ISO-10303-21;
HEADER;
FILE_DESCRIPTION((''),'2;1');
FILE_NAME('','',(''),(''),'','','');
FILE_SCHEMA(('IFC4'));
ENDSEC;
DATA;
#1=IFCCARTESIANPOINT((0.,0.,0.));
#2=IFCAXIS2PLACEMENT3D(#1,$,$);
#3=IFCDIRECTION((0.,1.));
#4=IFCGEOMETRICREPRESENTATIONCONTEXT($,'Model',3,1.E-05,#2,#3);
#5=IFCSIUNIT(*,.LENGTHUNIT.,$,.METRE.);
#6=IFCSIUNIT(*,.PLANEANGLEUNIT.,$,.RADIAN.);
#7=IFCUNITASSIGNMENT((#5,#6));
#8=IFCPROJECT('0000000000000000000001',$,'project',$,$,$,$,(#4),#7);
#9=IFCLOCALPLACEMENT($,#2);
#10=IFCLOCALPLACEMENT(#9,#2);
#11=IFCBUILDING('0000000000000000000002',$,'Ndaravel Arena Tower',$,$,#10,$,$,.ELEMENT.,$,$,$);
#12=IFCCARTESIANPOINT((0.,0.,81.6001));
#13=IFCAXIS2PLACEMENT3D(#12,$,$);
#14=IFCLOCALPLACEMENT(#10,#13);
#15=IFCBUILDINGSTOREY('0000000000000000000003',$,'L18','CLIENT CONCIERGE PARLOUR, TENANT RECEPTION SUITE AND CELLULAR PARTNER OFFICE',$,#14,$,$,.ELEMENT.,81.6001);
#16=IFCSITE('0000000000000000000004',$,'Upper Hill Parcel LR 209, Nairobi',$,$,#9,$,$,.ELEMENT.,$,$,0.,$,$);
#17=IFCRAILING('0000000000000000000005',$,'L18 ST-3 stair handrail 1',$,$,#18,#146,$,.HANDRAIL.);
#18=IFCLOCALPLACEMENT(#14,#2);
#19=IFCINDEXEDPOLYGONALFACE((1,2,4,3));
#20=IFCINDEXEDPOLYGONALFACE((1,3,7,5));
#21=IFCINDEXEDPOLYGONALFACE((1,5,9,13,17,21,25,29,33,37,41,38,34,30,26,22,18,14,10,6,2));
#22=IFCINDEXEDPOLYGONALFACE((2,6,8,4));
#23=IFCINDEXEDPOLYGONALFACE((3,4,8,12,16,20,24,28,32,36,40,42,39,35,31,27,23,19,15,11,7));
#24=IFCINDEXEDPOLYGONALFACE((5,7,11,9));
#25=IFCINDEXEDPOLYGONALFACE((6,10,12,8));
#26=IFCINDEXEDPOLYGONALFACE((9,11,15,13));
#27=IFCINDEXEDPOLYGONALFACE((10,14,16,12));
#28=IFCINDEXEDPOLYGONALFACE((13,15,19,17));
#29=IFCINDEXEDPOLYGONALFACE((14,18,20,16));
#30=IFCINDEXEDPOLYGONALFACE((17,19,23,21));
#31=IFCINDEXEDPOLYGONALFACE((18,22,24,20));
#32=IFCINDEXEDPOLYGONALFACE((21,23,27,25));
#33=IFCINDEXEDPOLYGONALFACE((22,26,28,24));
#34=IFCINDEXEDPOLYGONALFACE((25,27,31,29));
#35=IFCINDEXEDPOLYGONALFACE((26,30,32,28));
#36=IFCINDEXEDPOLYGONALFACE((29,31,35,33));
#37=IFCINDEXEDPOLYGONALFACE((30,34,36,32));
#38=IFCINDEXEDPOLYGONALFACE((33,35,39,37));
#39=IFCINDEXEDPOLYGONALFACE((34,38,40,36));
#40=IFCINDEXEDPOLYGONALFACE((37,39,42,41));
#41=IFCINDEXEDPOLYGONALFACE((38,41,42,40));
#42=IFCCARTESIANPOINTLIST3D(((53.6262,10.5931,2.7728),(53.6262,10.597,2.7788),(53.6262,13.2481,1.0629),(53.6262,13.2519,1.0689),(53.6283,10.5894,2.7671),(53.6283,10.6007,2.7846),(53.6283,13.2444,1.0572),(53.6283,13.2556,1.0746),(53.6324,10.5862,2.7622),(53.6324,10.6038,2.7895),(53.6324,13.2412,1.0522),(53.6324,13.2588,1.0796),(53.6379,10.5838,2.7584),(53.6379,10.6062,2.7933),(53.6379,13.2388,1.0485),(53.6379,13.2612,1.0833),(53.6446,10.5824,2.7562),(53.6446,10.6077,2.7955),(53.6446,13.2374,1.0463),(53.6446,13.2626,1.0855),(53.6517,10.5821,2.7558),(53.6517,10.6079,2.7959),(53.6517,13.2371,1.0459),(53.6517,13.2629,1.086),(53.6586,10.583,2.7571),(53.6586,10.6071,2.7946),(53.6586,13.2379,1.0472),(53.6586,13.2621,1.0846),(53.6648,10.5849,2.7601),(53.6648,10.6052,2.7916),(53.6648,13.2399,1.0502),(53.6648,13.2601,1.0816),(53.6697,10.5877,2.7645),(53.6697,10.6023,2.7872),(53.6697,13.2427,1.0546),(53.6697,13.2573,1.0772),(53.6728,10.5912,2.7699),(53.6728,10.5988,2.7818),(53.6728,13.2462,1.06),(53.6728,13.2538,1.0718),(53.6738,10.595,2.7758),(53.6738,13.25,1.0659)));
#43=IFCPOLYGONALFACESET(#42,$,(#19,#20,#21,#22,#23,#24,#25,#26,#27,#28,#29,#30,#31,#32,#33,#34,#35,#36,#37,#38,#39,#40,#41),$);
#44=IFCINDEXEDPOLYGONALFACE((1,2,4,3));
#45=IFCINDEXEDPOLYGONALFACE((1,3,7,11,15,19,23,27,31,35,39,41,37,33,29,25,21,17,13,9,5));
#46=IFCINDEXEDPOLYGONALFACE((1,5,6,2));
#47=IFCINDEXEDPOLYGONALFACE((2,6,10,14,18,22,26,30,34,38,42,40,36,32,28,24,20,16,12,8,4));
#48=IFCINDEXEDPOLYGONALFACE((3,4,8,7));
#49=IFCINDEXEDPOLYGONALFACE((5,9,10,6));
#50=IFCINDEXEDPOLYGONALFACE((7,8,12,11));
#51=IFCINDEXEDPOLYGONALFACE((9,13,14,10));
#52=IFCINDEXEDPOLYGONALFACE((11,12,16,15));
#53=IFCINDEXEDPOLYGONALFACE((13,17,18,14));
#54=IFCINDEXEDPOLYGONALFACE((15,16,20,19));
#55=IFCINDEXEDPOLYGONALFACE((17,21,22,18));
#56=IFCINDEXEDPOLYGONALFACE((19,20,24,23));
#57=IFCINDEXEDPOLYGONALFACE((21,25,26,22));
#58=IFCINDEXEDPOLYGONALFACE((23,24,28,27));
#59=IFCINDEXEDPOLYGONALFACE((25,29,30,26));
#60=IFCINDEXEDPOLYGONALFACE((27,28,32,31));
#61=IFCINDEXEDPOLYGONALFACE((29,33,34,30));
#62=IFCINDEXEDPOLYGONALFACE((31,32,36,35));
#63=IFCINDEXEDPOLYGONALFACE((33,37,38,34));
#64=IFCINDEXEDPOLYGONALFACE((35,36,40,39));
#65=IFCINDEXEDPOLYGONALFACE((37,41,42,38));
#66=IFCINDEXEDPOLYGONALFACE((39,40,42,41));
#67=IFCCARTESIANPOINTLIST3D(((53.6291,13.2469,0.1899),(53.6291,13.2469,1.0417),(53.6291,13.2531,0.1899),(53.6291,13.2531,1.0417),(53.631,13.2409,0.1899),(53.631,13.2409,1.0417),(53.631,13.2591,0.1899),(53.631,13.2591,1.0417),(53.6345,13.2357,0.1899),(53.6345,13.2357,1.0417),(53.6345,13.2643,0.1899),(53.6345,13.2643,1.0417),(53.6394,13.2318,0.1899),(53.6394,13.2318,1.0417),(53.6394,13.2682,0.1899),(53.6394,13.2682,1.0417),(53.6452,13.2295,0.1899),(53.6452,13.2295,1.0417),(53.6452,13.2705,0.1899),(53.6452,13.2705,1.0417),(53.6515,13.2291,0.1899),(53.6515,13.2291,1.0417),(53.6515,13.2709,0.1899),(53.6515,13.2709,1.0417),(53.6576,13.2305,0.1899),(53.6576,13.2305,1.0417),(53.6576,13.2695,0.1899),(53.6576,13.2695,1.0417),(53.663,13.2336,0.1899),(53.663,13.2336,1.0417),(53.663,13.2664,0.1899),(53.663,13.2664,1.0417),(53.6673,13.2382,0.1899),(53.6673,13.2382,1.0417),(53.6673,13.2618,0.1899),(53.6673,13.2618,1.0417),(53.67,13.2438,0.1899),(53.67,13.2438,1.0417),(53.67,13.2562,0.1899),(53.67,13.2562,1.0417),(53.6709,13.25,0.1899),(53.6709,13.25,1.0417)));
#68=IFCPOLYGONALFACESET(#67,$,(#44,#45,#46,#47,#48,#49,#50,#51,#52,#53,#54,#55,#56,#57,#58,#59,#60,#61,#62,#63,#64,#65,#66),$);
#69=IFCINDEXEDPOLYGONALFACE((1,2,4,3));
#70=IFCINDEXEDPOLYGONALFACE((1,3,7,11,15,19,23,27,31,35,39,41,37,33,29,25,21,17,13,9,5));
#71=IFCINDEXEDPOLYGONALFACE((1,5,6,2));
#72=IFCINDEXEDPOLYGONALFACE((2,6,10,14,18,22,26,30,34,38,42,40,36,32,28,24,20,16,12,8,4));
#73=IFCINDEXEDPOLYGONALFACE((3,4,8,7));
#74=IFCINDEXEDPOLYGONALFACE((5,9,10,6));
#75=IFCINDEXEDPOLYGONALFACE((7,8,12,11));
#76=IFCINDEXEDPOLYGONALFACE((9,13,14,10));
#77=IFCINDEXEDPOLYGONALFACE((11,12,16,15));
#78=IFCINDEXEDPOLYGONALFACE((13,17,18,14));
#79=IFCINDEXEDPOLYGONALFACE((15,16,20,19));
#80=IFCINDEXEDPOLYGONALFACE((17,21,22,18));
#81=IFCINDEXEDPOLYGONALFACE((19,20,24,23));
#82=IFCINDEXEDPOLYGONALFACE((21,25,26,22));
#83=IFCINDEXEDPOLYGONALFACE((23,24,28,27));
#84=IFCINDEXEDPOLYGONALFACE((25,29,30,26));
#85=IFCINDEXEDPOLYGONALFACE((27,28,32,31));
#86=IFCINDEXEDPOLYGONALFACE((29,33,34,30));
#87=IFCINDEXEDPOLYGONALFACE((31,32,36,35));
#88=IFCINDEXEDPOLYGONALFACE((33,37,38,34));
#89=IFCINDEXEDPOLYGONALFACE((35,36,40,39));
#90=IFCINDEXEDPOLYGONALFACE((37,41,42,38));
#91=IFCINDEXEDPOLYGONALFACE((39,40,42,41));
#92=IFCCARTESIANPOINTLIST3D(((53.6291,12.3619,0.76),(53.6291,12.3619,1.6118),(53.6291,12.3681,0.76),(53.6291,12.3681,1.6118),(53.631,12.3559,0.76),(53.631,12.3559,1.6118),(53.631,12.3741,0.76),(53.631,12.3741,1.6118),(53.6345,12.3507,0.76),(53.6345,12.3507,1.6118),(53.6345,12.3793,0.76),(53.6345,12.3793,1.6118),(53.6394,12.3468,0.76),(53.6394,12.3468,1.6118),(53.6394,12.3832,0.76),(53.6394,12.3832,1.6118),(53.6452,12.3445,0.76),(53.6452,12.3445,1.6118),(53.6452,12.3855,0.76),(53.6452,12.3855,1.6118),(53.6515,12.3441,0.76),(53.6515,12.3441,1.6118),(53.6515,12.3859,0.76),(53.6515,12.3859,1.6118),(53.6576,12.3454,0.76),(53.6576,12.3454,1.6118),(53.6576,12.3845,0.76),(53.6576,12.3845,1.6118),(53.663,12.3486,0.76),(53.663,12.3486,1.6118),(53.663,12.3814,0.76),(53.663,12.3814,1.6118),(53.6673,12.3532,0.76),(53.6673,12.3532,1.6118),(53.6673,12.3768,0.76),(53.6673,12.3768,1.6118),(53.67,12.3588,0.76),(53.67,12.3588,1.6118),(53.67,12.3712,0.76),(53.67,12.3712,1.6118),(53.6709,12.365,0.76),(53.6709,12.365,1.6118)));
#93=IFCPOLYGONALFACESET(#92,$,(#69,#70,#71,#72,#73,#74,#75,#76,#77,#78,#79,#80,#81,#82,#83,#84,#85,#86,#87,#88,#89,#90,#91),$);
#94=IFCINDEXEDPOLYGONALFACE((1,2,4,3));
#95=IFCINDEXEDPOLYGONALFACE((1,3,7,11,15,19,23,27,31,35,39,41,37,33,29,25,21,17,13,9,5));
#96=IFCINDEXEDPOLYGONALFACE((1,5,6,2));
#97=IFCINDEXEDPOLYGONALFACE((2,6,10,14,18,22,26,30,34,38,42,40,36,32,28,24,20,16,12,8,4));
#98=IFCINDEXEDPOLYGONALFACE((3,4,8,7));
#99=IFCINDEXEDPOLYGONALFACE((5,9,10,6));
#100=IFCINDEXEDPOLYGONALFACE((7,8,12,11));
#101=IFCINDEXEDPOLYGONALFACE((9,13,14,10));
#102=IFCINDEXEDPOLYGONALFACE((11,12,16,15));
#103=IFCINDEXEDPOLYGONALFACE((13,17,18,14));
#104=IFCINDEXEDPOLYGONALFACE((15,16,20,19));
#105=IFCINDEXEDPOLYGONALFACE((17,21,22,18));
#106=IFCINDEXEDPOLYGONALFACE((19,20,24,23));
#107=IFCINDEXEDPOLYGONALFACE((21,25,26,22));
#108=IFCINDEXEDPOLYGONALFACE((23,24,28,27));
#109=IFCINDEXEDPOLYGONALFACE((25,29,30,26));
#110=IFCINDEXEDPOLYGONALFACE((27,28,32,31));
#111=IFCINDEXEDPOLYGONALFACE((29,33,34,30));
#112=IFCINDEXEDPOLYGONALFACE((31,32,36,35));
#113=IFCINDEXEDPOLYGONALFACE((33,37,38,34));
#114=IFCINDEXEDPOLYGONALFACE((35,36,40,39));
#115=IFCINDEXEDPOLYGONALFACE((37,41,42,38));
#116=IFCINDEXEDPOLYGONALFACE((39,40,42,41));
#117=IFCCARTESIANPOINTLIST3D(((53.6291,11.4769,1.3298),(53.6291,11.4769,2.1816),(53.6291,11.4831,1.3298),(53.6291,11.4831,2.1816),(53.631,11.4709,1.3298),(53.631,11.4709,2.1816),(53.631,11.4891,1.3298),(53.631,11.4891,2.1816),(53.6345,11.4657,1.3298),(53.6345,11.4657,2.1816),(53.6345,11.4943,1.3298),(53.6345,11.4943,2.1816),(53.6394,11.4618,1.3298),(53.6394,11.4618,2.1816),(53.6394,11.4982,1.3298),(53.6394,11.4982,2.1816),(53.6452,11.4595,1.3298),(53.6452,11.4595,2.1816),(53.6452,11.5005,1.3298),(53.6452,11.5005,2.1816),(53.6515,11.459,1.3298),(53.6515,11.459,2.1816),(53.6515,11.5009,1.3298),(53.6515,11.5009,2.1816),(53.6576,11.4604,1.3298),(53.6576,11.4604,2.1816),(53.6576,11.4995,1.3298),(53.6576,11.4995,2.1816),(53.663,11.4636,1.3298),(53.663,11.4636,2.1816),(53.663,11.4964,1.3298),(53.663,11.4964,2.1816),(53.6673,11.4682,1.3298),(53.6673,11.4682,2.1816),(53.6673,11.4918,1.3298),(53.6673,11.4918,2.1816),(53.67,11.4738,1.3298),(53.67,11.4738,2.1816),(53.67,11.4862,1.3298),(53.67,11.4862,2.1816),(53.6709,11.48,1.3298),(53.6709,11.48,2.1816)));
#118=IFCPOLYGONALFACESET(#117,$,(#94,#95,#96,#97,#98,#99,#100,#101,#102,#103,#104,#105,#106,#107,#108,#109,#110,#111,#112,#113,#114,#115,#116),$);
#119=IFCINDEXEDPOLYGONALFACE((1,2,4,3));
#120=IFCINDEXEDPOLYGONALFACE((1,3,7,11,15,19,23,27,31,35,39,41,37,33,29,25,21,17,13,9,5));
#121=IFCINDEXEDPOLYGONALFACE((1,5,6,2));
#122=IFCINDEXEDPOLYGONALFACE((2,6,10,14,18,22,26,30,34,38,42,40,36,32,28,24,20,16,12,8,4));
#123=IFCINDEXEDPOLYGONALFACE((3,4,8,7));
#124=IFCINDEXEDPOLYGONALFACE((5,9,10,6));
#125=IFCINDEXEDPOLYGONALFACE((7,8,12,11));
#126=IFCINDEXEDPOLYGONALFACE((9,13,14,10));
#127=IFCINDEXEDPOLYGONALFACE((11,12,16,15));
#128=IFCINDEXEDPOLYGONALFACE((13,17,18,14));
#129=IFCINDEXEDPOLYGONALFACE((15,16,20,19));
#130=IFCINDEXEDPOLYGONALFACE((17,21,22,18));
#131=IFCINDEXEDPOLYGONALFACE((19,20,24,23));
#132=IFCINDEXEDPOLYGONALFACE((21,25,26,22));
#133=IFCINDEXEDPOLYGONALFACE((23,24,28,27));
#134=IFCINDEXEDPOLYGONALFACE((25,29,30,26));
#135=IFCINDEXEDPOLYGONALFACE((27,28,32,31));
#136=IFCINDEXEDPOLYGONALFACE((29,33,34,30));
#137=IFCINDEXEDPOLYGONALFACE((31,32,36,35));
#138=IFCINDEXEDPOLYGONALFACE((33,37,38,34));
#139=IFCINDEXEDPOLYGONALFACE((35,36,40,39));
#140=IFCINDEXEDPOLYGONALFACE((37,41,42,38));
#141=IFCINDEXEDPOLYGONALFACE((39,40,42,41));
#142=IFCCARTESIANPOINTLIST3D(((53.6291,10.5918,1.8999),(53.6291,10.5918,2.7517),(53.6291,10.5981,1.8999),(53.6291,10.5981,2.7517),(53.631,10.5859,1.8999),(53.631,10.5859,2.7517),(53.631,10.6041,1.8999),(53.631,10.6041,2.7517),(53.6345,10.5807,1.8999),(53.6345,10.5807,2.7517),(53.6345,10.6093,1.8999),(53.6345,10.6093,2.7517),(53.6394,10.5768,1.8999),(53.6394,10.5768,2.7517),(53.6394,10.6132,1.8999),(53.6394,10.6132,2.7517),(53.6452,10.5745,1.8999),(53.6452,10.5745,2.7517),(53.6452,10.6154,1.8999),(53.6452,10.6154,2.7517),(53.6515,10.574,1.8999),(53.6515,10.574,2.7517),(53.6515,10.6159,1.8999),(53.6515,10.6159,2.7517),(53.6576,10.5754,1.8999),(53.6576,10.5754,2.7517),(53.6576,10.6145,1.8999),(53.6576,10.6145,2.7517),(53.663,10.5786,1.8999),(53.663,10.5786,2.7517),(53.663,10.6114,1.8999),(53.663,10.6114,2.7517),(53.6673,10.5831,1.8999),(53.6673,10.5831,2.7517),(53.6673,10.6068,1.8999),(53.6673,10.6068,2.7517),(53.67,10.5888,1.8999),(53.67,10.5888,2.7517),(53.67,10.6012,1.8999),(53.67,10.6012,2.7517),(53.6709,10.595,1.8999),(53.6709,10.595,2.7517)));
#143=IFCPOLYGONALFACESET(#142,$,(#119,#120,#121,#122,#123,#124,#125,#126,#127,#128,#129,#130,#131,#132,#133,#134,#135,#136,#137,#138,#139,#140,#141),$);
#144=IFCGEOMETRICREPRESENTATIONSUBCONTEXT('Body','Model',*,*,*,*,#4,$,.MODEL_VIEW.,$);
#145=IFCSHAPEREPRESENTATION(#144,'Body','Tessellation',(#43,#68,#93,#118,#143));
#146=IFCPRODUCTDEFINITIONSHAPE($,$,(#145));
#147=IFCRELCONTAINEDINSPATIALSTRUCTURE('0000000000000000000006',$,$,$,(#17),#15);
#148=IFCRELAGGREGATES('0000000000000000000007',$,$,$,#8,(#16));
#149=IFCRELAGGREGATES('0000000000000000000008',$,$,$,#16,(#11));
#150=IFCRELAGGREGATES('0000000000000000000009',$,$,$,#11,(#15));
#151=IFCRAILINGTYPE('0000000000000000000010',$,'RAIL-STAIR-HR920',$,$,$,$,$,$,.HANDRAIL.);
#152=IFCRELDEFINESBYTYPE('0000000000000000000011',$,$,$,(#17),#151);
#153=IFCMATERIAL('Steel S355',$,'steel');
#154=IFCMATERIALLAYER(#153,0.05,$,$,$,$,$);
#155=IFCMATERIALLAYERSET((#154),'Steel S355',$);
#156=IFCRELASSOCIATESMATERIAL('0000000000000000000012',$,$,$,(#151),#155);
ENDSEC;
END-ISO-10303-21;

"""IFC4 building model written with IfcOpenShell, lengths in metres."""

from ifc_helpers import new_model, si_unit, direction, frame, origin, origin_2d, place, context, subcontext, project, spatial, circle, extrude, material, layer, layer_set, type_object, element, save


model = new_model("IFC4")

# Units and contexts
model_context = context("Model", 3, precision=1e-05, world=origin(), true_north=direction((0.0, 1.0)))
body_context = subcontext(model_context, "Body", "Model", "MODEL_VIEW")
ifc_project = project(units=[si_unit("LENGTHUNIT", "METRE"), si_unit("PLANEANGLEUNIT", "RADIAN")], contexts=[model_context])

# Site, building, storey
site_placement = place(None, origin())
site = spatial("IfcSite", under=ifc_project, at=site_placement, Name="Upper Hill Parcel LR 209, Nairobi", CompositionType="ELEMENT", RefElevation=0.0)
building_placement = place(site_placement, origin())
building = spatial("IfcBuilding", under=site, at=building_placement, Name="Ndaravel Arena Tower", CompositionType="ELEMENT")
storey_placement = place(building_placement, frame((0.0, 0.0, 81.6001)))
storey = spatial("IfcBuildingStorey", under=building, at=storey_placement, Name="L18", Description="CLIENT CONCIERGE PARLOUR, TENANT RECEPTION SUITE AND CELLULAR PARTNER OFFICE", CompositionType="ELEMENT", Elevation=81.6001)

# Railing
ifc_material_1 = material(Name="Steel S355", Category="steel")
ifc_layer_1 = layer(ifc_material_1, 0.05)
ifc_layer_set_1 = layer_set([ifc_layer_1], Name="Steel S355")
railing_type_1 = type_object("IfcRailingType", Name="RAIL-STAIR-HR920", PredefinedType="HANDRAIL", material=ifc_layer_set_1)
railing_1_placement = place(storey_placement, frame((53.6499, 13.25, 0.1899)))
element("IfcRailing", 1, at=railing_1_placement, inside=storey, type_object=railing_type_1, Name="L18 ST-3 stair handrail 1", PredefinedType="HANDRAIL", context=body_context, shape_type="SweptSolid", body=[
    extrude(circle(Radius=0.0239, at=origin_2d()), frame((0.0, 0.0, 0.876), z_axis=(0.0, -0.840724, 0.541465), x_axis=(1.0, 0.0, 0.0)), (0.0, 0.0, 1.0), 3.158),
    extrude(circle(Radius=0.021, at=origin_2d()), origin(), (0.0, 0.0, 1.0), 0.8518),
    extrude(circle(Radius=0.021, at=origin_2d()), frame((0.0, -0.885, 0.5701)), (0.0, 0.0, 1.0), 0.8518),
    extrude(circle(Radius=0.021, at=origin_2d()), frame((0.0, -1.77, 1.1399)), (0.0, 0.0, 1.0), 0.8518),
    extrude(circle(Radius=0.021, at=origin_2d()), frame((0.0, -2.655, 1.71)), (0.0, 0.0, 1.0), 0.8518),
])

save(model, "model.ifc")
